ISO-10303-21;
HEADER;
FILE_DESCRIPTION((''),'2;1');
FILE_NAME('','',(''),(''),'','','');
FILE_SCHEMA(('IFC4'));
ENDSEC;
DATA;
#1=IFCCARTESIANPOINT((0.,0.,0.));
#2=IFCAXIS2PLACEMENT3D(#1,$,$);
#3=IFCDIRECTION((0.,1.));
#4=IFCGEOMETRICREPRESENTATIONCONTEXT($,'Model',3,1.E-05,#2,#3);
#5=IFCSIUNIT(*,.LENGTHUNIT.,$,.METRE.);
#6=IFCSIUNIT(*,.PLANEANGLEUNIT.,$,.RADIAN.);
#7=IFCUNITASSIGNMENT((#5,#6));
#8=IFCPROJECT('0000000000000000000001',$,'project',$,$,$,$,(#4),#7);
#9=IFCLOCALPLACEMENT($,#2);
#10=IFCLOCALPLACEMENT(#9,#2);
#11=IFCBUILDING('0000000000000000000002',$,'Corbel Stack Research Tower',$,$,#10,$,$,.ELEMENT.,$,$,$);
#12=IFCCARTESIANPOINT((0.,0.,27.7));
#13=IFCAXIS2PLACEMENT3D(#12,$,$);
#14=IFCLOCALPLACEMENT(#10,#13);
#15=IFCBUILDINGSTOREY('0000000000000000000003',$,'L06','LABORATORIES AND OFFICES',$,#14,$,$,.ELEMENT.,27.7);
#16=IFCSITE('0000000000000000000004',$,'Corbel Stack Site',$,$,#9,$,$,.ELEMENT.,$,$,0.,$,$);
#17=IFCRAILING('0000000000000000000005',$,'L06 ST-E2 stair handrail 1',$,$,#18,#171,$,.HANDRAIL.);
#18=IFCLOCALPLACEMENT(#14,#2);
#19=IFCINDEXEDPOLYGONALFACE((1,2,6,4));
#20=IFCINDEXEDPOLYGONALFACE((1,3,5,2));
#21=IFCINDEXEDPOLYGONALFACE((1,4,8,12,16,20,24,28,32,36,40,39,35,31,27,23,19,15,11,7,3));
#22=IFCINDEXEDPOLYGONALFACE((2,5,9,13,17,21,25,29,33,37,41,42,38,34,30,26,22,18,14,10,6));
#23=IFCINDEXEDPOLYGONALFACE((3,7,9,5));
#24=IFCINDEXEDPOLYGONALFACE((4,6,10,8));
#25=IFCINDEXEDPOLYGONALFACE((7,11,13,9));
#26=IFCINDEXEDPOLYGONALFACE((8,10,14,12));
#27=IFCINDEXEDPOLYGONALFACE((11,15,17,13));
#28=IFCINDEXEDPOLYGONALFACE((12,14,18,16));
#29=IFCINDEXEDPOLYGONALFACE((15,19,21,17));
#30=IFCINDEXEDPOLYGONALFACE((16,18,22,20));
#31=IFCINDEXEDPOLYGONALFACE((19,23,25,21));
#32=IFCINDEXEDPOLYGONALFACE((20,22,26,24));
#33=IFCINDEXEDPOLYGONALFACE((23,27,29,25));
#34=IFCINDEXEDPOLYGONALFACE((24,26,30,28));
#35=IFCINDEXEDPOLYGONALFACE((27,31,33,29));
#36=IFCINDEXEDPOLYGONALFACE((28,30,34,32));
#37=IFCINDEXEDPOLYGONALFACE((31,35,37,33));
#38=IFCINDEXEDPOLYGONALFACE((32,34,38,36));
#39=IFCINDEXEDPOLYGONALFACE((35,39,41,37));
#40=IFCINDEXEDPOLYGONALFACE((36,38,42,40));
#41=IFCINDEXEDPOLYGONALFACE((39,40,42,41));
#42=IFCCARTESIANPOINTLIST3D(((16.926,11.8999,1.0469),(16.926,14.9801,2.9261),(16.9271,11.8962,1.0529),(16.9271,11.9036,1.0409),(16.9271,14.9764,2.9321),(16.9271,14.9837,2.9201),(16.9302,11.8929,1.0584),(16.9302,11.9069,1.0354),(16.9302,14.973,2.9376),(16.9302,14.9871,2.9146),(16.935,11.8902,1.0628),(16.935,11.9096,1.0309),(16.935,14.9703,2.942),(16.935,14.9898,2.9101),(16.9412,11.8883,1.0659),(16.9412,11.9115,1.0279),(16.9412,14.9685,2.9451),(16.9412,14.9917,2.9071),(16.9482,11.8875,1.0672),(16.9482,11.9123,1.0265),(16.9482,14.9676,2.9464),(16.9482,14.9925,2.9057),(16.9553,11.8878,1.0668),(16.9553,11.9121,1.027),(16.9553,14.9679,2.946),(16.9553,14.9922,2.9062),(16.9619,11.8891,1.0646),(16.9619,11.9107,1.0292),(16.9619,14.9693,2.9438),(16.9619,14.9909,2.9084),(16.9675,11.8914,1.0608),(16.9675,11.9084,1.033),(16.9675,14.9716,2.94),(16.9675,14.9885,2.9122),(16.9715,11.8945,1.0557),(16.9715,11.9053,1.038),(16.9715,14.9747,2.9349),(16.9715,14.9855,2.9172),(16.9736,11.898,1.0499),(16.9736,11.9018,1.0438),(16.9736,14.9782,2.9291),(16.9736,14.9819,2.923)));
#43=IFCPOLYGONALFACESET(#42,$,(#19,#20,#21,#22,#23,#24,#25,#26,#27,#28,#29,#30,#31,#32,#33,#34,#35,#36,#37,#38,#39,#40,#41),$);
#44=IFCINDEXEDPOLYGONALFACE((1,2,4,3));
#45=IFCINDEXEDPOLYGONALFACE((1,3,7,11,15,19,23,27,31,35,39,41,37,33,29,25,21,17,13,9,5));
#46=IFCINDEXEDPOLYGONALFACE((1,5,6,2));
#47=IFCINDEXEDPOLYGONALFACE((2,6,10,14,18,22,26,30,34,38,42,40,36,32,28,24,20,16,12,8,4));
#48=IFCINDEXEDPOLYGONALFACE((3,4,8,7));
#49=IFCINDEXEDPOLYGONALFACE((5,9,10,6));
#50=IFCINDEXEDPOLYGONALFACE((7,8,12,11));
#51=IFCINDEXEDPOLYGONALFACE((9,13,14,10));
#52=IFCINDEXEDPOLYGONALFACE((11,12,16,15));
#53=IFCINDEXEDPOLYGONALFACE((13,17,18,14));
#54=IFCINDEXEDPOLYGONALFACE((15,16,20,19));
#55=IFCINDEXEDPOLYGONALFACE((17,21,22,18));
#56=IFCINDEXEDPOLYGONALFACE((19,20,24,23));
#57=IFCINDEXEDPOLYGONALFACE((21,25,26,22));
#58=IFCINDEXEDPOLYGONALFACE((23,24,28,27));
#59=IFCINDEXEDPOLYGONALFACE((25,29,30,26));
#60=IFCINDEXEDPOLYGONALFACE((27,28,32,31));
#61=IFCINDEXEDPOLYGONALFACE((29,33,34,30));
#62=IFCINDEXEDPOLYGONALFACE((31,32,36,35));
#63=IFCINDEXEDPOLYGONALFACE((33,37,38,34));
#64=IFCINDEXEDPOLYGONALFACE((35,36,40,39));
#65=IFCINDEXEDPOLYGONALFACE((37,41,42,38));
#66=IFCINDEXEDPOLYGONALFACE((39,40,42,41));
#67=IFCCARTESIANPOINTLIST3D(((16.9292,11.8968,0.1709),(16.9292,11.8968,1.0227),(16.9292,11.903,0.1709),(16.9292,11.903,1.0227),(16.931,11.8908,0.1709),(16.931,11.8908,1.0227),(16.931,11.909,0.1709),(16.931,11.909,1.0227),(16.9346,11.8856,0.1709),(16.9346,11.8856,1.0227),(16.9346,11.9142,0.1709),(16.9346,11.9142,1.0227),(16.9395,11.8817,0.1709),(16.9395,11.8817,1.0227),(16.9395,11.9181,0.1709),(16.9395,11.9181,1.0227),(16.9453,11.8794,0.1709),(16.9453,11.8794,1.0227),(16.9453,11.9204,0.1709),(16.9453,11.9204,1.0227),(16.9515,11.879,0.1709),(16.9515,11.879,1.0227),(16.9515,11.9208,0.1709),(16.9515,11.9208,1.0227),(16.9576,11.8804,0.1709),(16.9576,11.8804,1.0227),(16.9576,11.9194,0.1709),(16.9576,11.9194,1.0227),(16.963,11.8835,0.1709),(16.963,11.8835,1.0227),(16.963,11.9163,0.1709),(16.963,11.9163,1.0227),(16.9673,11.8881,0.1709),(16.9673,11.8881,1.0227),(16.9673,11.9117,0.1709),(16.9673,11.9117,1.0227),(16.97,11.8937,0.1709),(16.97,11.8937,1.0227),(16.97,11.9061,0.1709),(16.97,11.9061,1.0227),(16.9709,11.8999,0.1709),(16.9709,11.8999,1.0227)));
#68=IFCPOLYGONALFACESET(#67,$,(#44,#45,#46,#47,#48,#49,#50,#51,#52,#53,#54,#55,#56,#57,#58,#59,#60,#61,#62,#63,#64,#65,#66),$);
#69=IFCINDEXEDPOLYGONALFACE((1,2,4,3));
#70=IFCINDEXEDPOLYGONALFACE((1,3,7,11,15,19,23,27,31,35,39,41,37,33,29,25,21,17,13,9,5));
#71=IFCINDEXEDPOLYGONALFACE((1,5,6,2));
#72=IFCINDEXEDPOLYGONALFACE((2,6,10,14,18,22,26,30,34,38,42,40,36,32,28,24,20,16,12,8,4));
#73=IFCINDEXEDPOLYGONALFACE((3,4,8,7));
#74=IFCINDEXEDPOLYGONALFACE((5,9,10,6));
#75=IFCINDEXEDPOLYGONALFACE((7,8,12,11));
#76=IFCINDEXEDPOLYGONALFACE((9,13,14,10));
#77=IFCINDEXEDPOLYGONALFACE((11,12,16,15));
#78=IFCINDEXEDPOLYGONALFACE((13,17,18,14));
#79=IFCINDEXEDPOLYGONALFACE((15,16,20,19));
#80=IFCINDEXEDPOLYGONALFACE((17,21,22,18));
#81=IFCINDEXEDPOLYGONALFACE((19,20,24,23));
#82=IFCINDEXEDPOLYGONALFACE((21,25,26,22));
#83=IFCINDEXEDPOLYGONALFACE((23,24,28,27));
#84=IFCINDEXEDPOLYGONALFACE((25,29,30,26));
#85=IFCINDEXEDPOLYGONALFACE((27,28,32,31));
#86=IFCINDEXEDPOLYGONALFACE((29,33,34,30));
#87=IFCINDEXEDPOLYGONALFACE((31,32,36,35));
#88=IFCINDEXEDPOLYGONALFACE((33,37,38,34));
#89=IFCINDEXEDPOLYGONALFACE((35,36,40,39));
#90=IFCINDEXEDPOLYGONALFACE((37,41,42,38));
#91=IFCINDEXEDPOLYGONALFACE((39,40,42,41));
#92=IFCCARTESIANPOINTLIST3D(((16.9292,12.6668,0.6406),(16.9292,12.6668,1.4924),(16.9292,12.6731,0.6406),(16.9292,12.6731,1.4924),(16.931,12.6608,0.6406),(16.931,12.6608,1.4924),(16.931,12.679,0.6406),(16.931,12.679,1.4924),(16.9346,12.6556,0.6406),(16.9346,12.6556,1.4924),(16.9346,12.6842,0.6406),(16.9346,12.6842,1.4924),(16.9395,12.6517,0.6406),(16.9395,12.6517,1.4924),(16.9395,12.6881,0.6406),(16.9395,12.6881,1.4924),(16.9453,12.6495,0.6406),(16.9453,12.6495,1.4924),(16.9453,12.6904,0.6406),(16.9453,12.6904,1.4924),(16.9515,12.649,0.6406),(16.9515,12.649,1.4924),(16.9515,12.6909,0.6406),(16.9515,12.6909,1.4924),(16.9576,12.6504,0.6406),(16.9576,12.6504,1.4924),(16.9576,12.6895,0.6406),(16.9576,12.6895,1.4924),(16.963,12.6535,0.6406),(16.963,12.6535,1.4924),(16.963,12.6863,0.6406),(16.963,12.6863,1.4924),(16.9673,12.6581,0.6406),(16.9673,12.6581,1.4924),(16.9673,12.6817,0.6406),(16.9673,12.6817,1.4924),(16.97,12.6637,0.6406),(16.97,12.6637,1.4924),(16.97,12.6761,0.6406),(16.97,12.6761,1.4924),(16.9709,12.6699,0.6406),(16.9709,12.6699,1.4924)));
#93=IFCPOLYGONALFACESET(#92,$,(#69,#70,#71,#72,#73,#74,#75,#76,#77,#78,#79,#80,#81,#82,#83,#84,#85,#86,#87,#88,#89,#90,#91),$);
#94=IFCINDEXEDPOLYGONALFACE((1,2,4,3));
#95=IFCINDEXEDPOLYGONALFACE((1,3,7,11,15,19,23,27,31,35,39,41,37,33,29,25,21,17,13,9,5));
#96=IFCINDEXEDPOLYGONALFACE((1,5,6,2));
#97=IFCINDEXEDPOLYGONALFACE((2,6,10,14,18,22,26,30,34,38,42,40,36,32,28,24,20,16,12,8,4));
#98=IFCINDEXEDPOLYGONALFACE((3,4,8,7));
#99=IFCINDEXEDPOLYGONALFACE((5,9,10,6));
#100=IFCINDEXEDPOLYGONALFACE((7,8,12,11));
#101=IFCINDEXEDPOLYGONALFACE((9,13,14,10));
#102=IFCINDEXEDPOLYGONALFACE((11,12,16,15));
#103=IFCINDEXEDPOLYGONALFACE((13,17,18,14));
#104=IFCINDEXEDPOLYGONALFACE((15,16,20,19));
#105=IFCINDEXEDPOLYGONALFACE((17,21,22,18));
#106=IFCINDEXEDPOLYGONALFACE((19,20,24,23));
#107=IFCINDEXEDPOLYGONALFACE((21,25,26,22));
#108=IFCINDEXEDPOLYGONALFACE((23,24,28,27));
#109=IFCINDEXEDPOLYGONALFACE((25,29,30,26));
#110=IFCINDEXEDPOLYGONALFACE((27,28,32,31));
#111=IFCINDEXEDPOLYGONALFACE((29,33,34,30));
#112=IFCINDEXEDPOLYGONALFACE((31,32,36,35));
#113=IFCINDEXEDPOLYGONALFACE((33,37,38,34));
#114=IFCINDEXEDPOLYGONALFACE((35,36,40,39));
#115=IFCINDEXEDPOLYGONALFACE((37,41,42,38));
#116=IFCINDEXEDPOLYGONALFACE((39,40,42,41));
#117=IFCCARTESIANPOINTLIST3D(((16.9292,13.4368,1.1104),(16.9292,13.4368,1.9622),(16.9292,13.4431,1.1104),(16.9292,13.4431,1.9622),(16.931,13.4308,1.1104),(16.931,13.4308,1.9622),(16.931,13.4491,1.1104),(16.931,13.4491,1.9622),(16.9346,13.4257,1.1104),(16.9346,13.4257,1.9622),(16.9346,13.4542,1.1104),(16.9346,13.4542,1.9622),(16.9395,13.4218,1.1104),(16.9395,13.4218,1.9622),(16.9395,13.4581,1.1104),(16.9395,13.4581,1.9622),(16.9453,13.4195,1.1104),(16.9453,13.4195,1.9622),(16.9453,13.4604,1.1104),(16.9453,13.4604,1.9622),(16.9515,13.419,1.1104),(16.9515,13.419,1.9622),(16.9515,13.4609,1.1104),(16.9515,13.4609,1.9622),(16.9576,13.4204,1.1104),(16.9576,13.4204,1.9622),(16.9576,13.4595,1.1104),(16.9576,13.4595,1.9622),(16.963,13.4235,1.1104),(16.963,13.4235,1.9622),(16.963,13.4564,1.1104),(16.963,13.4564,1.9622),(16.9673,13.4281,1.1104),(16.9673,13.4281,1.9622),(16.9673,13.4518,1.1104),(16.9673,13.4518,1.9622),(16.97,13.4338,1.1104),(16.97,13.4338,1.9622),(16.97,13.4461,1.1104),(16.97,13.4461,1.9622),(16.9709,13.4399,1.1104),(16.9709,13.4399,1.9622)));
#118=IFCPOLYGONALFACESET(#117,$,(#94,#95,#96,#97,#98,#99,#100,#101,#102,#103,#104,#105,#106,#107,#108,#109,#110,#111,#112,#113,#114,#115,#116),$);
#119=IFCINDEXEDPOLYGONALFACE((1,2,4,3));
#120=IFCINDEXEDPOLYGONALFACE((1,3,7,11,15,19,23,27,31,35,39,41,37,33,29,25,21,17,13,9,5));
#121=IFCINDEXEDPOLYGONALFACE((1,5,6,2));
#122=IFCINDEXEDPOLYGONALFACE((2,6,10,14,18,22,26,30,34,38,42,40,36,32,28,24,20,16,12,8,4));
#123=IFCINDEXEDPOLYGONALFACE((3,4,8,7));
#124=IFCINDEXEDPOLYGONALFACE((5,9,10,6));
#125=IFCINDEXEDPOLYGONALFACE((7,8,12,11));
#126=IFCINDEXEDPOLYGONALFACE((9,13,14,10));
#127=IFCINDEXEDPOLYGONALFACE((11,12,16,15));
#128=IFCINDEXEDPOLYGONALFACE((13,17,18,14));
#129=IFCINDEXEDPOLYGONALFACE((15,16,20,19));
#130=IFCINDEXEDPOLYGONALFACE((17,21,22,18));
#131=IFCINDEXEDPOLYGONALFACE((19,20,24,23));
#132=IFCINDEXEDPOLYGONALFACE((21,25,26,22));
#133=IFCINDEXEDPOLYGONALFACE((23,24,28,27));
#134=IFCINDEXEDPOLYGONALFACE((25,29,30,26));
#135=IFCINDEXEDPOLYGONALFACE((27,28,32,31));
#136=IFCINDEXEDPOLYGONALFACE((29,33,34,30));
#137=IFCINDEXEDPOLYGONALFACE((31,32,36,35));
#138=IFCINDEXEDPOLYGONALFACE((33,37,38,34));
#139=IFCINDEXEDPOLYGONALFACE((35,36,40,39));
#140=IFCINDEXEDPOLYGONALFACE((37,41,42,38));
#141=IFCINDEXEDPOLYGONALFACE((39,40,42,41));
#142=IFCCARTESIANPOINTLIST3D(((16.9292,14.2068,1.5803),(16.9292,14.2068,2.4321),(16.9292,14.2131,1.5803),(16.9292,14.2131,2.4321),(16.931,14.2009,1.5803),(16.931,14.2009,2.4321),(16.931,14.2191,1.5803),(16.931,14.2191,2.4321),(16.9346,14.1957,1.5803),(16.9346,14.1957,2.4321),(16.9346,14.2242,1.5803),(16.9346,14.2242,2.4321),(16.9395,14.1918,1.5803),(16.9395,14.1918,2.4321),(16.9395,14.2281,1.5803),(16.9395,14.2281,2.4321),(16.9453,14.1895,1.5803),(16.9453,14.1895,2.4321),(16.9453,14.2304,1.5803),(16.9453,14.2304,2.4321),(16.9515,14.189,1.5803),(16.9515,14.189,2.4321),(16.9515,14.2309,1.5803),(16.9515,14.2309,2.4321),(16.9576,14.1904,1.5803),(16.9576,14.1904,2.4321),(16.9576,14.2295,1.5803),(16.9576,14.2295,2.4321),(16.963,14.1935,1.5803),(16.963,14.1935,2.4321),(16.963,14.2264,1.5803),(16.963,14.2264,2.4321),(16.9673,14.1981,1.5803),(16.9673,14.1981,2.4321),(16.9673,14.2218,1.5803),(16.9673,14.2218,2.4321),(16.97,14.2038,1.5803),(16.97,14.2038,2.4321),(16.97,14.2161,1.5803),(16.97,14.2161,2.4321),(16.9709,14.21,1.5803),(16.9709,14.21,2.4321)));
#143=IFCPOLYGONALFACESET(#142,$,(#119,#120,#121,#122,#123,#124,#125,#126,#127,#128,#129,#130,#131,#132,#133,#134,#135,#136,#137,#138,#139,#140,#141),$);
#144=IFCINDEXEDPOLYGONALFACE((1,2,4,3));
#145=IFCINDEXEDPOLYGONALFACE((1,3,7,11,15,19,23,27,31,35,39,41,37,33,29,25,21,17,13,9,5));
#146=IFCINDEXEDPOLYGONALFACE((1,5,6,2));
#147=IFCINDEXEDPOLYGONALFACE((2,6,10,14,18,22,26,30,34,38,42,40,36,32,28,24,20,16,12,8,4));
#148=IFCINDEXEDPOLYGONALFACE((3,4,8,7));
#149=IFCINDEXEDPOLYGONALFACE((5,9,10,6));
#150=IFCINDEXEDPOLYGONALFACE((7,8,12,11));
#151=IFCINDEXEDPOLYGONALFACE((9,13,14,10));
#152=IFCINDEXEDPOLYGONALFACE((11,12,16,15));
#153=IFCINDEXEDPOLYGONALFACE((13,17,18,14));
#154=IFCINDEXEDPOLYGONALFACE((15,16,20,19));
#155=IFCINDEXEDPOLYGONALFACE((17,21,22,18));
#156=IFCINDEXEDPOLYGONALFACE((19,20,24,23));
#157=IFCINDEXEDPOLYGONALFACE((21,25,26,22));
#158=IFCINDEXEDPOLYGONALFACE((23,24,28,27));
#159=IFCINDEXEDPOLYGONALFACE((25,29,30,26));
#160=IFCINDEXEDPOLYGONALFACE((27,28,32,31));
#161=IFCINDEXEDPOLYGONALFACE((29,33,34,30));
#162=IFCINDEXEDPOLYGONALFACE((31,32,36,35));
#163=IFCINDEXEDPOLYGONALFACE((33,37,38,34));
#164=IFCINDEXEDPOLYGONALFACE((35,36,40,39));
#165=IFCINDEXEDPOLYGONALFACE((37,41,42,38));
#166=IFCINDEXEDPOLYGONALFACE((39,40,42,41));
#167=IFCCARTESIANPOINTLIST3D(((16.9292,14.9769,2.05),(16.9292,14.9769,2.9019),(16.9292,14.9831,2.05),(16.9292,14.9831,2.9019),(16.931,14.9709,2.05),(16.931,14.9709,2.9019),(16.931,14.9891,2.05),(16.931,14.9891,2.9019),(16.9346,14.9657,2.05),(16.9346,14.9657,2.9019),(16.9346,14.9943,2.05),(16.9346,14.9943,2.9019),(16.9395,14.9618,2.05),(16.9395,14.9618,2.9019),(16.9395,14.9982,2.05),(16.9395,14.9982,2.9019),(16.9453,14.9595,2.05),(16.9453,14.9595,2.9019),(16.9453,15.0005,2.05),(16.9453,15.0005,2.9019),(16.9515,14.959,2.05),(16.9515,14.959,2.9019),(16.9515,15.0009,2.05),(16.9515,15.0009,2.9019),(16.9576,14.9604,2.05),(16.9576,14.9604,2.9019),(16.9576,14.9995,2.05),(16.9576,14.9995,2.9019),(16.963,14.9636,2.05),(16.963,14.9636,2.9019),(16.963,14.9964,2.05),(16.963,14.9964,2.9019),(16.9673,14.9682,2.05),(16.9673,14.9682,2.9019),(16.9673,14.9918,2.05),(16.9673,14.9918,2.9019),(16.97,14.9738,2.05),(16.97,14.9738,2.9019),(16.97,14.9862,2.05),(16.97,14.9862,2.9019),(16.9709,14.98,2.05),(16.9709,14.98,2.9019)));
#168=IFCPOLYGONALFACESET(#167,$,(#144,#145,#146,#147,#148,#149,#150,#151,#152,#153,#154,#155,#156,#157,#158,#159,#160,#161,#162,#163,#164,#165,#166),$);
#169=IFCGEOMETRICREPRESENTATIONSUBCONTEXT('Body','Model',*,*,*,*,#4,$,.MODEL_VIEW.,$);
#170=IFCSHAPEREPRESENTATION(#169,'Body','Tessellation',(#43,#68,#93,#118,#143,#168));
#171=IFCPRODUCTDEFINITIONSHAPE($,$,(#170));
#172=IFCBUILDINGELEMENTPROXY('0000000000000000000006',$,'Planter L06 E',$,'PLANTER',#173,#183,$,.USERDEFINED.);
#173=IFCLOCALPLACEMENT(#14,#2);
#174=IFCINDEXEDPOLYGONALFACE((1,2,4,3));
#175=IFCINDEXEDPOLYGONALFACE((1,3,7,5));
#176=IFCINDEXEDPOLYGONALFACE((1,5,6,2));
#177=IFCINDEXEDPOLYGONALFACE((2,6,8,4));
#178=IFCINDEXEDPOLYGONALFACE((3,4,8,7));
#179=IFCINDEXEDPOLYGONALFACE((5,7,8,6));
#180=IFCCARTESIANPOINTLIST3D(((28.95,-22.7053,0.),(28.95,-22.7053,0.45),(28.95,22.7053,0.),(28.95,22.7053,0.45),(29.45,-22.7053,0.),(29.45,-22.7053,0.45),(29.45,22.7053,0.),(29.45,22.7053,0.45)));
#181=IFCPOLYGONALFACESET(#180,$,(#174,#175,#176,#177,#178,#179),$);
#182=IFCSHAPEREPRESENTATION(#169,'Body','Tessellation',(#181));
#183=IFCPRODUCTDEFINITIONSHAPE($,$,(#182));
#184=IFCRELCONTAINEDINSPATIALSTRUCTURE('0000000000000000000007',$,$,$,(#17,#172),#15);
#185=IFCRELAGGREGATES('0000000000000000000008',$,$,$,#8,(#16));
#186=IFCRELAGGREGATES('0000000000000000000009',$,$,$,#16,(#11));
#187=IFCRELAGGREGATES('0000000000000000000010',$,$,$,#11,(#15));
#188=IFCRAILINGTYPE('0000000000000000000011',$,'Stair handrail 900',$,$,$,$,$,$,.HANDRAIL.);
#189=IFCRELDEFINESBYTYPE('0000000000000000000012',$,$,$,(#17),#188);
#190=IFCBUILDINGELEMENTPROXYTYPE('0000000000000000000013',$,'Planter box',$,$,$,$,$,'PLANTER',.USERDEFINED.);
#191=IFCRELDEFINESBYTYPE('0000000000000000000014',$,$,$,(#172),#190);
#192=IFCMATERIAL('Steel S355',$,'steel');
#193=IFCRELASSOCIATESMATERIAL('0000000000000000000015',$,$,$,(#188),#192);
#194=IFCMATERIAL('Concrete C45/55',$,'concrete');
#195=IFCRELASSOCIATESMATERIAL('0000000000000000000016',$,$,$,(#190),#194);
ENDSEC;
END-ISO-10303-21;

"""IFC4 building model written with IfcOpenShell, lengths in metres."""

from ifc_helpers import new_model, si_unit, direction, frame, origin, origin_2d, place, context, subcontext, project, spatial, rectangle, circle, extrude, material, type_object, element, save


model = new_model("IFC4")

# Units and contexts
model_context = context("Model", 3, precision=1e-05, world=origin(), true_north=direction((0.0, 1.0)))
body_context = subcontext(model_context, "Body", "Model", "MODEL_VIEW")
ifc_project = project(units=[si_unit("LENGTHUNIT", "METRE"), si_unit("PLANEANGLEUNIT", "RADIAN")], contexts=[model_context])

# Site, building, storey
site_placement = place(None, origin())
site = spatial("IfcSite", under=ifc_project, at=site_placement, Name="Corbel Stack Site", CompositionType="ELEMENT", RefElevation=0.0)
building_placement = place(site_placement, origin())
building = spatial("IfcBuilding", under=site, at=building_placement, Name="Corbel Stack Research Tower", CompositionType="ELEMENT")
storey_placement = place(building_placement, frame((0.0, 0.0, 27.7)))
storey = spatial("IfcBuildingStorey", under=building, at=storey_placement, Name="L06", Description="LABORATORIES AND OFFICES", CompositionType="ELEMENT", Elevation=27.7)

# Railing
ifc_material_1 = material(Name="Steel S355", Category="steel")
railing_type_1 = type_object("IfcRailingType", Name="Stair handrail 900", PredefinedType="HANDRAIL", material=ifc_material_1)
railing_1_placement = place(storey_placement, frame((16.95, 11.8999, 0.1709)))
element("IfcRailing", 1, at=railing_1_placement, inside=storey, type_object=railing_type_1, Name="L06 ST-E2 stair handrail 1", PredefinedType="HANDRAIL", context=body_context, shape_type="SweptSolid", body=[
    extrude(circle(Radius=0.0239, at=origin_2d()), frame((0.0, 0.0, 0.876), z_axis=(0.0, 0.853666, 0.52082), x_axis=(-1.0, 0.0, 0.0)), (0.0, 0.0, 1.0), 3.6082),
    extrude(circle(Radius=0.021, at=origin_2d()), origin(), (0.0, 0.0, 1.0), 0.8518),
    extrude(circle(Radius=0.021, at=origin_2d()), frame((0.0, 0.77, 0.4697)), (0.0, 0.0, 1.0), 0.8518),
    extrude(circle(Radius=0.021, at=origin_2d()), frame((0.0, 1.54, 0.9395)), (0.0, 0.0, 1.0), 0.8518),
    extrude(circle(Radius=0.021, at=origin_2d()), frame((0.0, 2.3101, 1.4094)), (0.0, 0.0, 1.0), 0.8518),
    extrude(circle(Radius=0.021, at=origin_2d()), frame((0.0, 3.0801, 1.8792)), (0.0, 0.0, 1.0), 0.8518),
])

# Building element proxy
ifc_material_2 = material(Name="Concrete C45/55", Category="concrete")
building_element_proxy_type = type_object("IfcBuildingElementProxyType", Name="Planter box", ElementType="PLANTER", PredefinedType="USERDEFINED", material=ifc_material_2)
proxy_placement = place(storey_placement, frame((29.2, 0.0, 0.0), z_axis=(0.0, 0.0, 1.0), x_axis=(0.0, 1.0, 0.0)))
element("IfcBuildingElementProxy", 2, at=proxy_placement, inside=storey, type_object=building_element_proxy_type, Name="Planter L06 E", ObjectType="PLANTER", PredefinedType="USERDEFINED", context=body_context, shape_type="SweptSolid", body=[
    extrude(rectangle(XDim=45.4106, YDim=0.5, at=origin_2d()), origin(), (0.0, 0.0, 1.0), 0.45),
])

save(model, "model.ifc")
